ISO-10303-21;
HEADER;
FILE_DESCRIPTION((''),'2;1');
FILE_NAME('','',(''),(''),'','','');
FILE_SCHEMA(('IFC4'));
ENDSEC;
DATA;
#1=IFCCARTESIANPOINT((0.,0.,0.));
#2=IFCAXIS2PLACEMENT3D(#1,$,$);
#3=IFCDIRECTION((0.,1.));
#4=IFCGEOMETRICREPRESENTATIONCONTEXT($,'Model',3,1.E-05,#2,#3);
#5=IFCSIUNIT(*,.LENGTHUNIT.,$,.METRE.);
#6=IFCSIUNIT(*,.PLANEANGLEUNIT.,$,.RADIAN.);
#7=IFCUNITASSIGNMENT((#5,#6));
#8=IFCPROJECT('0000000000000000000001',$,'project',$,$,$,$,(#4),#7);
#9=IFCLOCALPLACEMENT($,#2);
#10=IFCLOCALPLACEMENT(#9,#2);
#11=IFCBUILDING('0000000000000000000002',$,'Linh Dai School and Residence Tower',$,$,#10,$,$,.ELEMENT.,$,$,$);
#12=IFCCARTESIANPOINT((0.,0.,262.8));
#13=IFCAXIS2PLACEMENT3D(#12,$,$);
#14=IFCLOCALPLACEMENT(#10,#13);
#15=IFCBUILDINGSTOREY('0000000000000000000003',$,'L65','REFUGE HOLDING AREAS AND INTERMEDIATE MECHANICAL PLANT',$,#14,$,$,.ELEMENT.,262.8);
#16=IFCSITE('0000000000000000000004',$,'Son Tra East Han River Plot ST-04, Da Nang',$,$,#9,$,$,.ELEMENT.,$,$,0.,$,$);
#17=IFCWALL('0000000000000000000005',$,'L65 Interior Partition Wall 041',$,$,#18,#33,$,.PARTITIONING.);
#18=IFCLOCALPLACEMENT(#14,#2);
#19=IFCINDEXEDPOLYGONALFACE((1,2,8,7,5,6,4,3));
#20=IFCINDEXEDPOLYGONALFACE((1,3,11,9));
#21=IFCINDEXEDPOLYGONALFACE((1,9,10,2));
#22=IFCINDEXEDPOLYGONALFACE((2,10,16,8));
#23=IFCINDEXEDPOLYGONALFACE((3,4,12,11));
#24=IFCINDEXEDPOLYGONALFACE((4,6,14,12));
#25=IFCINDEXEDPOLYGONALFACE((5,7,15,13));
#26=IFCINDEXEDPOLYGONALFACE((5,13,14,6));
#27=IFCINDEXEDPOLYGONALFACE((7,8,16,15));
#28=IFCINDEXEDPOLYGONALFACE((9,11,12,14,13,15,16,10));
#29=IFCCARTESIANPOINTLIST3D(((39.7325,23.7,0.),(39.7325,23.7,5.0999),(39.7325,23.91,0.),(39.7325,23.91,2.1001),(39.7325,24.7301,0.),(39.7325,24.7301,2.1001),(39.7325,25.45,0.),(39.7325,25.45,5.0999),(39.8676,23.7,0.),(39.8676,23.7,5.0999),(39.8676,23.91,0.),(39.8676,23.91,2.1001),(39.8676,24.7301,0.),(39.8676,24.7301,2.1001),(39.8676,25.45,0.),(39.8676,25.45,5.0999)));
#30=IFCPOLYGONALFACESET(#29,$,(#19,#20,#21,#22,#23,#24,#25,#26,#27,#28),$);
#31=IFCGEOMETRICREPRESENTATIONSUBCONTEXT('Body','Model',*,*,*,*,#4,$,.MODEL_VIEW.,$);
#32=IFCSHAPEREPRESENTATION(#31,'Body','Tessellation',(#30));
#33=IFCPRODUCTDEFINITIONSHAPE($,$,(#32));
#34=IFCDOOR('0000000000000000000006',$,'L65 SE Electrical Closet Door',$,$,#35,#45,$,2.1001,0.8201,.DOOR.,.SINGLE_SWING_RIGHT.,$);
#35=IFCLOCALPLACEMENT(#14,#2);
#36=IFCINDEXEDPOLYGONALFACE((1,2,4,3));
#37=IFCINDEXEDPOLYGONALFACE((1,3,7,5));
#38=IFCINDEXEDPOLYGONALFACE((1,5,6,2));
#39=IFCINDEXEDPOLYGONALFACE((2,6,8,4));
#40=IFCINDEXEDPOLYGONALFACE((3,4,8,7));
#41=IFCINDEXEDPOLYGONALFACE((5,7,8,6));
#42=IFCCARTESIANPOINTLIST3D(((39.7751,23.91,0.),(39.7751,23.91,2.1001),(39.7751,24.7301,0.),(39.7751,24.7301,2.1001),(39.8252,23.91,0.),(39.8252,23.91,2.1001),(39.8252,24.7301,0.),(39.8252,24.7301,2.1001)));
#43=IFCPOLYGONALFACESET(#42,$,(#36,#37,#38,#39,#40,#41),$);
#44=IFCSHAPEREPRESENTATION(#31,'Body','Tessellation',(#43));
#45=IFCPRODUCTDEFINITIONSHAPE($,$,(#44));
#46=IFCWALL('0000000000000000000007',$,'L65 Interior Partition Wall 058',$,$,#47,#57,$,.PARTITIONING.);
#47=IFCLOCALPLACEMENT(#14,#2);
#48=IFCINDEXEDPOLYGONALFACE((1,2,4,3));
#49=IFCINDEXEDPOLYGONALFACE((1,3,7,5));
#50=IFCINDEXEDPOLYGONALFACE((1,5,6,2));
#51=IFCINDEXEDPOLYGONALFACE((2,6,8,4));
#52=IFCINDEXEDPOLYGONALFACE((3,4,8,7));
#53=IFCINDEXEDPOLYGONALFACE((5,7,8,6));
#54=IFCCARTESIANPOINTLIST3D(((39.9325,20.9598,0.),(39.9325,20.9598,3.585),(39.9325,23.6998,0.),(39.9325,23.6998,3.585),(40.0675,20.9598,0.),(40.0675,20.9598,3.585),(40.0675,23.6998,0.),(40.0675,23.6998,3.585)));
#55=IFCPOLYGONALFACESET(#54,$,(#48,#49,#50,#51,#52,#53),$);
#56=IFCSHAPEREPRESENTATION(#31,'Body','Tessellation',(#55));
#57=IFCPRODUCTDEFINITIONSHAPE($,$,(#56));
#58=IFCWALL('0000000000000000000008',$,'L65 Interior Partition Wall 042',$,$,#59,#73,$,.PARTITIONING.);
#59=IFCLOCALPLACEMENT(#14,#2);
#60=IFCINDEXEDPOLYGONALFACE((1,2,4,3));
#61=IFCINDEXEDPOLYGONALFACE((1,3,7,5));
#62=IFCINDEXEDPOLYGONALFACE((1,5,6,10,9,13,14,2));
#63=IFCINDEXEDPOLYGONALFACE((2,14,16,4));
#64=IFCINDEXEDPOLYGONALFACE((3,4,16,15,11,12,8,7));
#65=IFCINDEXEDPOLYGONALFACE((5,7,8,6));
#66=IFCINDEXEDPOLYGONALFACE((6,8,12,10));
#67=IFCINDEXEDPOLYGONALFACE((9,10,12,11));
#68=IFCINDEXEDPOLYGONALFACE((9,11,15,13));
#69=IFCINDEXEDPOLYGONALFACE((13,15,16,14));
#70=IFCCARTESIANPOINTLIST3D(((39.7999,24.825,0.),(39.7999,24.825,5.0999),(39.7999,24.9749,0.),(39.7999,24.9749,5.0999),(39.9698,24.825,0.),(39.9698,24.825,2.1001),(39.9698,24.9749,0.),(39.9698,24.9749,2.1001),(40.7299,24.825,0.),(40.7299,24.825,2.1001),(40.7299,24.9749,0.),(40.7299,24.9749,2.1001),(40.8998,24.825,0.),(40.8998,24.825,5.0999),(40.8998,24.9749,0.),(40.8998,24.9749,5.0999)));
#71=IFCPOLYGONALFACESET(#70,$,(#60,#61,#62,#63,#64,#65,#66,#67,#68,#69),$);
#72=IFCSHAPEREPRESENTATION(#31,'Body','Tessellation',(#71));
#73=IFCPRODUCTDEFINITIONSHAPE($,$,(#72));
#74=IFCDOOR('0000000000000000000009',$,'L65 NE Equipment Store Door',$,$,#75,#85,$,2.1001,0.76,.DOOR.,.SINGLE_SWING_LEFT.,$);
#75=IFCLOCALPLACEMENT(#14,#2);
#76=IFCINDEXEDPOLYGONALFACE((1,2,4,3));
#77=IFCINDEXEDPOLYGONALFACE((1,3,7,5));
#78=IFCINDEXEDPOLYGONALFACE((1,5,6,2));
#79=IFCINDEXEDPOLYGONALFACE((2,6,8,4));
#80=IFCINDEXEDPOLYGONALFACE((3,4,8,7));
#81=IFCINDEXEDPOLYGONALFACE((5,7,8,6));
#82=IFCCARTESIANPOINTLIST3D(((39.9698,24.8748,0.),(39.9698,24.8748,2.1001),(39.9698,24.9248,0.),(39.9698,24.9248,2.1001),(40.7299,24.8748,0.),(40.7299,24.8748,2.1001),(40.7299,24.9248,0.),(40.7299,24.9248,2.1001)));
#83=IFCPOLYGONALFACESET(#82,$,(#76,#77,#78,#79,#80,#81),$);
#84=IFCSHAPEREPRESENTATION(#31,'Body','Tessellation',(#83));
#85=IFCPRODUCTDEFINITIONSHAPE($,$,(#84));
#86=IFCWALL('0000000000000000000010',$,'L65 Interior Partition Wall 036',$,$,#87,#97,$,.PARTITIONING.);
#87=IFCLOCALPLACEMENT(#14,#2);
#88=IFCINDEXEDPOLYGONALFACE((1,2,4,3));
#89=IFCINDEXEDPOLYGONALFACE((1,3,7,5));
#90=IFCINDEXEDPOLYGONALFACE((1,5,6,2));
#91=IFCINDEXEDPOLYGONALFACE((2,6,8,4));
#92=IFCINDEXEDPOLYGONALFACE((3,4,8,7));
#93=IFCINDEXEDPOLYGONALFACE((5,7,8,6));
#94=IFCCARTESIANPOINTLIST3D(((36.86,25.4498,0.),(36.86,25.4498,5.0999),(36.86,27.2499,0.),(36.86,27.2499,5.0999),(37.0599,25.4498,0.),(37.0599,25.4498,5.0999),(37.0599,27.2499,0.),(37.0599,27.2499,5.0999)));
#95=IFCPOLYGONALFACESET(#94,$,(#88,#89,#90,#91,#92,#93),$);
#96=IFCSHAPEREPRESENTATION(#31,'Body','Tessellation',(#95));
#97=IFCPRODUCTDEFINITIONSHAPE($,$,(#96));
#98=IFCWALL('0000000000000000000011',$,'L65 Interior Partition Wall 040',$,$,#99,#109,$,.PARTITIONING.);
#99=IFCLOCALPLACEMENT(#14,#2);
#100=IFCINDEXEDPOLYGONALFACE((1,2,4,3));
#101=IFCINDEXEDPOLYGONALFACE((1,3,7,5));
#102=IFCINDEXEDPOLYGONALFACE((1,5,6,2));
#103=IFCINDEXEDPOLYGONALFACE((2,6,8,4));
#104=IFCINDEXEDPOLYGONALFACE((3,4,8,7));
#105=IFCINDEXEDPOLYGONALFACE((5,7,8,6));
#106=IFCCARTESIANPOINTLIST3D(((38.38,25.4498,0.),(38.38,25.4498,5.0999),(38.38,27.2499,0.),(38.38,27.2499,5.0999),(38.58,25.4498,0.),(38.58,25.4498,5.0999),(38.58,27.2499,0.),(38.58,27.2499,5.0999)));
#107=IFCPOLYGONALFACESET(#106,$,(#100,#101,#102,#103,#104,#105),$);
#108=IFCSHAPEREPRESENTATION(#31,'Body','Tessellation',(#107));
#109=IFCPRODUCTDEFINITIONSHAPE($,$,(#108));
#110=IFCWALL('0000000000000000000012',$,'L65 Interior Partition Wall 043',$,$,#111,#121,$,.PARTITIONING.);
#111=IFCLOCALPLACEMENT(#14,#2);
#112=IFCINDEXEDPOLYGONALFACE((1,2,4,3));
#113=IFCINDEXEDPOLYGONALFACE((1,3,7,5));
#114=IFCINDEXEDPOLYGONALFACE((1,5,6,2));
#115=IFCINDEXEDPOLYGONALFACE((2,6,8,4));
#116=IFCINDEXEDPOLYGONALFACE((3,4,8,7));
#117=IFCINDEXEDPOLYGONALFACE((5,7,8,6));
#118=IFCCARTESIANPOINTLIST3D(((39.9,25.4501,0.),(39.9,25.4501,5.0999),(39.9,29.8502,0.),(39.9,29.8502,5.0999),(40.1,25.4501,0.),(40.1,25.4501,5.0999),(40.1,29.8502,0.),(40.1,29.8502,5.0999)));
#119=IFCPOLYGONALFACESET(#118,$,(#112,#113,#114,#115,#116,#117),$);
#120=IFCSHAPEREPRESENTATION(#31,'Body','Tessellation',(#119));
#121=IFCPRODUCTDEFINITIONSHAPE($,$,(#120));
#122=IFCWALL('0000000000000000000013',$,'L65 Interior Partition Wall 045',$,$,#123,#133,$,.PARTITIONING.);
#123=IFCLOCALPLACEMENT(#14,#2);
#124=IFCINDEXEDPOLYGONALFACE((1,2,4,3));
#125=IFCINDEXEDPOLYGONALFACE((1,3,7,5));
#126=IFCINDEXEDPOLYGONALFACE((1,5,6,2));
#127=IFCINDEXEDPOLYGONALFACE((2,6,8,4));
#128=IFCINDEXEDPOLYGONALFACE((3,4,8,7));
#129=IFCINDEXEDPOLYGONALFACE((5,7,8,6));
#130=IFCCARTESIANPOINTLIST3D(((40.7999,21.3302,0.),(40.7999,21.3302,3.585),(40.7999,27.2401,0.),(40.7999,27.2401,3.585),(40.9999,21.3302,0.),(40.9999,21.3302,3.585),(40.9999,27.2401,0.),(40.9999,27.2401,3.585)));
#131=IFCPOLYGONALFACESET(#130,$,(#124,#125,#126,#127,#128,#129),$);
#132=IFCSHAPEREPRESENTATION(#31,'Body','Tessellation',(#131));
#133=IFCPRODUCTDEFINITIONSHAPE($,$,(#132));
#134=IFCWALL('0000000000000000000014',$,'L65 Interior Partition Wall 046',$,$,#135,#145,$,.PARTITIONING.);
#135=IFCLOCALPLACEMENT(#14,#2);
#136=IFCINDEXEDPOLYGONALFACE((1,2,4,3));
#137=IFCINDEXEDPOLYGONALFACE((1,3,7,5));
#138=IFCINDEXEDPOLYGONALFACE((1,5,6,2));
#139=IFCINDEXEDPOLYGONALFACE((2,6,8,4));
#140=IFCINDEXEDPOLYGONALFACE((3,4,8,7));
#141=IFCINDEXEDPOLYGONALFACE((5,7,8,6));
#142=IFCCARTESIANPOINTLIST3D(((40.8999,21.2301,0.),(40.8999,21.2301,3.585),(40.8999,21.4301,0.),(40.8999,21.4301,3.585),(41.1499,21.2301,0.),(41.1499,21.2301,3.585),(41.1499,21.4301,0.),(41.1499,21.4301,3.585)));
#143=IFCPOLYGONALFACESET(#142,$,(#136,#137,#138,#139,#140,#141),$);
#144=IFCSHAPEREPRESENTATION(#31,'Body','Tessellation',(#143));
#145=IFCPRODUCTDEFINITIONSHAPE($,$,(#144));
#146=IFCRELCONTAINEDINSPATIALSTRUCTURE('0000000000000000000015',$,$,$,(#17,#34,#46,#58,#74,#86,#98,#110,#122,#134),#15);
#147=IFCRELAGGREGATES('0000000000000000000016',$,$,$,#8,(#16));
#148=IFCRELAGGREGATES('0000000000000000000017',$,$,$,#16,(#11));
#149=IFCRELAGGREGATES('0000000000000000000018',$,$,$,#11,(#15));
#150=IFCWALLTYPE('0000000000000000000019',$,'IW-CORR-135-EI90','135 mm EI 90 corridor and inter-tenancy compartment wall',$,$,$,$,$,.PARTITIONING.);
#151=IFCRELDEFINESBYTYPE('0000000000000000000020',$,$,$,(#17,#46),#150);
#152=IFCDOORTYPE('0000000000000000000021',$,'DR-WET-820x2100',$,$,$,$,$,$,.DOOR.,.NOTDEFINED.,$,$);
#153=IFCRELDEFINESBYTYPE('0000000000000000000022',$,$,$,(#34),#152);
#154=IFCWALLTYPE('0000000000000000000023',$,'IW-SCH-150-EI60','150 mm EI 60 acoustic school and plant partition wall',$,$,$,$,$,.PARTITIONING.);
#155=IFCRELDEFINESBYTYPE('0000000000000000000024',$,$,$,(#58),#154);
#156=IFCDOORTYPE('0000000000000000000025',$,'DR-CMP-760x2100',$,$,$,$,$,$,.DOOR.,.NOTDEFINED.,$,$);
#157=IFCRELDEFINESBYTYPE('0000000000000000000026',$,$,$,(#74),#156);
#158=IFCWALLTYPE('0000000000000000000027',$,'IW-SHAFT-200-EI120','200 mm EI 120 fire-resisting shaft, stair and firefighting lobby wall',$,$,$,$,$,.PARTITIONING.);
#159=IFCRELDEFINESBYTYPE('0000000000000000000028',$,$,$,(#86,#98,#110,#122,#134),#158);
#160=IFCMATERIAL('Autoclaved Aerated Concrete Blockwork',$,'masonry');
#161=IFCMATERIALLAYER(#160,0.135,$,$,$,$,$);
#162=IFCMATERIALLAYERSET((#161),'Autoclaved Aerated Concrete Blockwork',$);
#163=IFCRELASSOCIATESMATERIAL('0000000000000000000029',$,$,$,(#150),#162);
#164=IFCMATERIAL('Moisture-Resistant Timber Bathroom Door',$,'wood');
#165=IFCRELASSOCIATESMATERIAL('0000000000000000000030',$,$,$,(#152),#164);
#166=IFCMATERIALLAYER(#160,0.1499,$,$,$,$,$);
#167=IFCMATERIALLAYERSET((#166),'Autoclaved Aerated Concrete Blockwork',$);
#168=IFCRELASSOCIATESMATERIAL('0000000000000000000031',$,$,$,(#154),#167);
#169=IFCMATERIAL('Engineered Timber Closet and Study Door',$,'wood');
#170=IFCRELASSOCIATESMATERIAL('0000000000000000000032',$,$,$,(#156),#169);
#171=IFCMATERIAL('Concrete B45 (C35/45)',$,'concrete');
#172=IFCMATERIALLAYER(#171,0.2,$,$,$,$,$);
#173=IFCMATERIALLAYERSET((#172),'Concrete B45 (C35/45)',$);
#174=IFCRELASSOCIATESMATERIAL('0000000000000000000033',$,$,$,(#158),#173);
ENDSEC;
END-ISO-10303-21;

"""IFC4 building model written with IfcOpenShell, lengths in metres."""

from ifc_helpers import new_model, si_unit, direction, frame, frame_2d, origin, origin_2d, place, context, subcontext, project, spatial, rectangle, extrude, source, transform, mapped, material, layer, layer_set, type_object, element, fill, save


model = new_model("IFC4")

# Units and contexts
model_context = context("Model", 3, precision=1e-05, world=origin(), true_north=direction((0.0, 1.0)))
body_context = subcontext(model_context, "Body", "Model", "MODEL_VIEW")
ifc_project = project(units=[si_unit("LENGTHUNIT", "METRE"), si_unit("PLANEANGLEUNIT", "RADIAN")], contexts=[model_context])

# Site, building, storey
site_placement = place(None, origin())
site = spatial("IfcSite", under=ifc_project, at=site_placement, Name="Son Tra East Han River Plot ST-04, Da Nang", CompositionType="ELEMENT", RefElevation=0.0)
building_placement = place(site_placement, origin())
building = spatial("IfcBuilding", under=site, at=building_placement, Name="Linh Dai School and Residence Tower", CompositionType="ELEMENT")
storey_placement = place(building_placement, frame((0.0, 0.0, 262.8)))
storey = spatial("IfcBuildingStorey", under=building, at=storey_placement, Name="L65", Description="REFUGE HOLDING AREAS AND INTERMEDIATE MECHANICAL PLANT", CompositionType="ELEMENT", Elevation=262.8)

# Wall, opening, door
ifc_material_1 = material(Name="Autoclaved Aerated Concrete Blockwork", Category="masonry")
ifc_layer_1 = layer(ifc_material_1, 0.135)
ifc_layer_set_1 = layer_set([ifc_layer_1], Name="Autoclaved Aerated Concrete Blockwork")
wall_type_1 = type_object("IfcWallType", Name="IW-CORR-135-EI90", Description="135 mm EI 90 corridor and inter-tenancy compartment wall", PredefinedType="PARTITIONING", material=ifc_layer_set_1)
wall_1_placement = place(storey_placement, frame((39.8, 23.7, 0.0), z_axis=(0.0, 0.0, 1.0), x_axis=(0.0, 1.0, 0.0)))
wall_1 = element("IfcWall", 1, at=wall_1_placement, inside=storey, type_object=wall_type_1, Name="L65 Interior Partition Wall 041", PredefinedType="PARTITIONING", context=body_context, shape_type="SweptSolid", body=[
    extrude(rectangle(XDim=1.75, YDim=0.135, at=frame_2d((0.875, 0.0))), origin(), (0.0, 0.0, 1.0), 5.0999),
])
opening_1_placement = place(wall_1_placement, frame((0.21, 0.0, 0.0)))
opening_1 = element("IfcOpeningElement", 2, at=opening_1_placement, cuts=wall_1, PredefinedType="OPENING", context=body_context, shape_type="SweptSolid", body=[
    extrude(rectangle(XDim=0.8201, YDim=2.1001, at=origin_2d()), frame((0.4102, 0.0776, 1.05), z_axis=(0.0, -1.0, 0.0), x_axis=(1.0, 0.0, 0.0)), (0.0, 0.0, 1.0), 0.155),
])
ifc_material_2 = material(Name="Moisture-Resistant Timber Bathroom Door", Category="wood")
door_type_1 = type_object("IfcDoorType", Name="DR-WET-820x2100", OperationType="NOTDEFINED", PredefinedType="DOOR", material=ifc_material_2)
shared_shape_1 = source(origin(), body_context, "Body", "SweptSolid", [
    extrude(rectangle(XDim=0.8201, YDim=2.1001, at=origin_2d()), frame((0.4102, 0.0249, 1.05), z_axis=(0.0, -1.0, 0.0), x_axis=(1.0, 0.0, 0.0)), (0.0, 0.0, 1.0), 0.05),
])
door_1_placement = place(opening_1_placement, origin())
door_1 = element("IfcDoor", 3, at=door_1_placement, inside=storey, type_object=door_type_1, Name="L65 SE Electrical Closet Door", OperationType="SINGLE_SWING_RIGHT", OverallHeight=2.1001, OverallWidth=0.8201, PredefinedType="DOOR", context=body_context, shape_type="MappedRepresentation", body=[
    mapped(shared_shape_1, transform((0.0, 0.0, 0.0), x_axis=(1.0, 0.0, 0.0), y_axis=(0.0, 1.0, 0.0), z_axis=(0.0, 0.0, 1.0), scale=1.0)),
])
fill(opening_1, door_1)

# Wall
wall_2_placement = place(storey_placement, frame((40.0, 23.7, 0.0), z_axis=(0.0, 0.0, 1.0), x_axis=(0.0, -1.0, 0.0)))
element("IfcWall", 4, at=wall_2_placement, inside=storey, type_object=wall_type_1, Name="L65 Interior Partition Wall 058", PredefinedType="PARTITIONING", context=body_context, shape_type="SweptSolid", body=[
    extrude(rectangle(XDim=2.74, YDim=0.135, at=frame_2d((1.3701, 0.0))), origin(), (0.0, 0.0, 1.0), 3.585),
])

# Wall, opening, door
ifc_layer_2 = layer(ifc_material_1, 0.1499)
ifc_layer_set_2 = layer_set([ifc_layer_2], Name="Autoclaved Aerated Concrete Blockwork")
wall_type_2 = type_object("IfcWallType", Name="IW-SCH-150-EI60", Description="150 mm EI 60 acoustic school and plant partition wall", PredefinedType="PARTITIONING", material=ifc_layer_set_2)
wall_3_placement = place(storey_placement, frame((39.8, 24.8999, 0.0), z_axis=(0.0, 0.0, 1.0), x_axis=(1.0, 0.0, 0.0)))
wall_3 = element("IfcWall", 5, at=wall_3_placement, inside=storey, type_object=wall_type_2, Name="L65 Interior Partition Wall 042", PredefinedType="PARTITIONING", context=body_context, shape_type="SweptSolid", body=[
    extrude(rectangle(XDim=1.0999, YDim=0.1499, at=frame_2d((0.5498, 0.0))), origin(), (0.0, 0.0, 1.0), 5.0999),
])
opening_2_placement = place(wall_3_placement, frame((0.1699, 0.0, 0.0)))
opening_2 = element("IfcOpeningElement", 6, at=opening_2_placement, cuts=wall_3, PredefinedType="OPENING", context=body_context, shape_type="SweptSolid", body=[
    extrude(rectangle(XDim=0.76, YDim=2.1001, at=origin_2d()), frame((0.3799, 0.085, 1.05), z_axis=(0.0, -1.0, 0.0), x_axis=(1.0, 0.0, 0.0)), (0.0, 0.0, 1.0), 0.1699),
])
ifc_material_3 = material(Name="Engineered Timber Closet and Study Door", Category="wood")
door_type_2 = type_object("IfcDoorType", Name="DR-CMP-760x2100", OperationType="NOTDEFINED", PredefinedType="DOOR", material=ifc_material_3)
shared_shape_2 = source(origin(), body_context, "Body", "SweptSolid", [
    extrude(rectangle(XDim=0.76, YDim=2.1001, at=origin_2d()), frame((0.3799, 0.0249, 1.05), z_axis=(0.0, -1.0, 0.0), x_axis=(1.0, 0.0, 0.0)), (0.0, 0.0, 1.0), 0.05),
])
door_2_placement = place(opening_2_placement, origin())
door_2 = element("IfcDoor", 7, at=door_2_placement, inside=storey, type_object=door_type_2, Name="L65 NE Equipment Store Door", OperationType="SINGLE_SWING_LEFT", OverallHeight=2.1001, OverallWidth=0.76, PredefinedType="DOOR", context=body_context, shape_type="MappedRepresentation", body=[
    mapped(shared_shape_2, transform((0.0, 0.0, 0.0), x_axis=(1.0, 0.0, 0.0), y_axis=(0.0, 1.0, 0.0), z_axis=(0.0, 0.0, 1.0), scale=1.0)),
])
fill(opening_2, door_2)

# Walls
ifc_material_4 = material(Name="Concrete B45 (C35/45)", Category="concrete")
ifc_layer_3 = layer(ifc_material_4, 0.2)
ifc_layer_set_3 = layer_set([ifc_layer_3], Name="Concrete B45 (C35/45)")
wall_type_3 = type_object("IfcWallType", Name="IW-SHAFT-200-EI120", Description="200 mm EI 120 fire-resisting shaft, stair and firefighting lobby wall", PredefinedType="PARTITIONING", material=ifc_layer_set_3)
for number, where, z_axis, x_axis, name in (
    (8, (36.96, 25.45, 0.0), (0.0, 0.0, 1.0), (0.0, 1.0, 0.0), "L65 Interior Partition Wall 036"),
    (9, (38.48, 25.45, 0.0), (0.0, 0.0, 1.0), (0.0, 1.0, 0.0), "L65 Interior Partition Wall 040"),
):
    element("IfcWall", number, at=place(storey_placement, frame(where, z_axis=z_axis, x_axis=x_axis)), inside=storey, type_object=wall_type_3, Name=name, PredefinedType="PARTITIONING", context=body_context, shape_type="SweptSolid", body=[
        extrude(rectangle(XDim=1.8, YDim=0.2, at=frame_2d((0.8999, 0.0))), origin(), (0.0, 0.0, 1.0), 5.0999),
    ])
wall_4_placement = place(storey_placement, frame((40.0, 25.45, 0.0), z_axis=(0.0, 0.0, 1.0), x_axis=(0.0, 1.0, 0.0)))
element("IfcWall", 10, at=wall_4_placement, inside=storey, type_object=wall_type_3, Name="L65 Interior Partition Wall 043", PredefinedType="PARTITIONING", context=body_context, shape_type="SweptSolid", body=[
    extrude(rectangle(XDim=4.4001, YDim=0.2, at=frame_2d((2.2002, 0.0))), origin(), (0.0, 0.0, 1.0), 5.0999),
])
wall_5_placement = place(storey_placement, frame((40.8999, 21.3301, 0.0), z_axis=(0.0, 0.0, 1.0), x_axis=(0.0, 1.0, 0.0)))
element("IfcWall", 11, at=wall_5_placement, inside=storey, type_object=wall_type_3, Name="L65 Interior Partition Wall 045", PredefinedType="PARTITIONING", context=body_context, shape_type="SweptSolid", body=[
    extrude(rectangle(XDim=5.9099, YDim=0.2, at=frame_2d((2.9551, 0.0))), origin(), (0.0, 0.0, 1.0), 3.585),
])
wall_6_placement = place(storey_placement, frame((40.8999, 21.3301, 0.0), z_axis=(0.0, 0.0, 1.0), x_axis=(1.0, 0.0, 0.0)))
element("IfcWall", 12, at=wall_6_placement, inside=storey, type_object=wall_type_3, Name="L65 Interior Partition Wall 046", PredefinedType="PARTITIONING", context=body_context, shape_type="SweptSolid", body=[
    extrude(rectangle(XDim=0.25, YDim=0.2, at=frame_2d((0.125, 0.0))), origin(), (0.0, 0.0, 1.0), 3.585),
])

save(model, "model.ifc")
